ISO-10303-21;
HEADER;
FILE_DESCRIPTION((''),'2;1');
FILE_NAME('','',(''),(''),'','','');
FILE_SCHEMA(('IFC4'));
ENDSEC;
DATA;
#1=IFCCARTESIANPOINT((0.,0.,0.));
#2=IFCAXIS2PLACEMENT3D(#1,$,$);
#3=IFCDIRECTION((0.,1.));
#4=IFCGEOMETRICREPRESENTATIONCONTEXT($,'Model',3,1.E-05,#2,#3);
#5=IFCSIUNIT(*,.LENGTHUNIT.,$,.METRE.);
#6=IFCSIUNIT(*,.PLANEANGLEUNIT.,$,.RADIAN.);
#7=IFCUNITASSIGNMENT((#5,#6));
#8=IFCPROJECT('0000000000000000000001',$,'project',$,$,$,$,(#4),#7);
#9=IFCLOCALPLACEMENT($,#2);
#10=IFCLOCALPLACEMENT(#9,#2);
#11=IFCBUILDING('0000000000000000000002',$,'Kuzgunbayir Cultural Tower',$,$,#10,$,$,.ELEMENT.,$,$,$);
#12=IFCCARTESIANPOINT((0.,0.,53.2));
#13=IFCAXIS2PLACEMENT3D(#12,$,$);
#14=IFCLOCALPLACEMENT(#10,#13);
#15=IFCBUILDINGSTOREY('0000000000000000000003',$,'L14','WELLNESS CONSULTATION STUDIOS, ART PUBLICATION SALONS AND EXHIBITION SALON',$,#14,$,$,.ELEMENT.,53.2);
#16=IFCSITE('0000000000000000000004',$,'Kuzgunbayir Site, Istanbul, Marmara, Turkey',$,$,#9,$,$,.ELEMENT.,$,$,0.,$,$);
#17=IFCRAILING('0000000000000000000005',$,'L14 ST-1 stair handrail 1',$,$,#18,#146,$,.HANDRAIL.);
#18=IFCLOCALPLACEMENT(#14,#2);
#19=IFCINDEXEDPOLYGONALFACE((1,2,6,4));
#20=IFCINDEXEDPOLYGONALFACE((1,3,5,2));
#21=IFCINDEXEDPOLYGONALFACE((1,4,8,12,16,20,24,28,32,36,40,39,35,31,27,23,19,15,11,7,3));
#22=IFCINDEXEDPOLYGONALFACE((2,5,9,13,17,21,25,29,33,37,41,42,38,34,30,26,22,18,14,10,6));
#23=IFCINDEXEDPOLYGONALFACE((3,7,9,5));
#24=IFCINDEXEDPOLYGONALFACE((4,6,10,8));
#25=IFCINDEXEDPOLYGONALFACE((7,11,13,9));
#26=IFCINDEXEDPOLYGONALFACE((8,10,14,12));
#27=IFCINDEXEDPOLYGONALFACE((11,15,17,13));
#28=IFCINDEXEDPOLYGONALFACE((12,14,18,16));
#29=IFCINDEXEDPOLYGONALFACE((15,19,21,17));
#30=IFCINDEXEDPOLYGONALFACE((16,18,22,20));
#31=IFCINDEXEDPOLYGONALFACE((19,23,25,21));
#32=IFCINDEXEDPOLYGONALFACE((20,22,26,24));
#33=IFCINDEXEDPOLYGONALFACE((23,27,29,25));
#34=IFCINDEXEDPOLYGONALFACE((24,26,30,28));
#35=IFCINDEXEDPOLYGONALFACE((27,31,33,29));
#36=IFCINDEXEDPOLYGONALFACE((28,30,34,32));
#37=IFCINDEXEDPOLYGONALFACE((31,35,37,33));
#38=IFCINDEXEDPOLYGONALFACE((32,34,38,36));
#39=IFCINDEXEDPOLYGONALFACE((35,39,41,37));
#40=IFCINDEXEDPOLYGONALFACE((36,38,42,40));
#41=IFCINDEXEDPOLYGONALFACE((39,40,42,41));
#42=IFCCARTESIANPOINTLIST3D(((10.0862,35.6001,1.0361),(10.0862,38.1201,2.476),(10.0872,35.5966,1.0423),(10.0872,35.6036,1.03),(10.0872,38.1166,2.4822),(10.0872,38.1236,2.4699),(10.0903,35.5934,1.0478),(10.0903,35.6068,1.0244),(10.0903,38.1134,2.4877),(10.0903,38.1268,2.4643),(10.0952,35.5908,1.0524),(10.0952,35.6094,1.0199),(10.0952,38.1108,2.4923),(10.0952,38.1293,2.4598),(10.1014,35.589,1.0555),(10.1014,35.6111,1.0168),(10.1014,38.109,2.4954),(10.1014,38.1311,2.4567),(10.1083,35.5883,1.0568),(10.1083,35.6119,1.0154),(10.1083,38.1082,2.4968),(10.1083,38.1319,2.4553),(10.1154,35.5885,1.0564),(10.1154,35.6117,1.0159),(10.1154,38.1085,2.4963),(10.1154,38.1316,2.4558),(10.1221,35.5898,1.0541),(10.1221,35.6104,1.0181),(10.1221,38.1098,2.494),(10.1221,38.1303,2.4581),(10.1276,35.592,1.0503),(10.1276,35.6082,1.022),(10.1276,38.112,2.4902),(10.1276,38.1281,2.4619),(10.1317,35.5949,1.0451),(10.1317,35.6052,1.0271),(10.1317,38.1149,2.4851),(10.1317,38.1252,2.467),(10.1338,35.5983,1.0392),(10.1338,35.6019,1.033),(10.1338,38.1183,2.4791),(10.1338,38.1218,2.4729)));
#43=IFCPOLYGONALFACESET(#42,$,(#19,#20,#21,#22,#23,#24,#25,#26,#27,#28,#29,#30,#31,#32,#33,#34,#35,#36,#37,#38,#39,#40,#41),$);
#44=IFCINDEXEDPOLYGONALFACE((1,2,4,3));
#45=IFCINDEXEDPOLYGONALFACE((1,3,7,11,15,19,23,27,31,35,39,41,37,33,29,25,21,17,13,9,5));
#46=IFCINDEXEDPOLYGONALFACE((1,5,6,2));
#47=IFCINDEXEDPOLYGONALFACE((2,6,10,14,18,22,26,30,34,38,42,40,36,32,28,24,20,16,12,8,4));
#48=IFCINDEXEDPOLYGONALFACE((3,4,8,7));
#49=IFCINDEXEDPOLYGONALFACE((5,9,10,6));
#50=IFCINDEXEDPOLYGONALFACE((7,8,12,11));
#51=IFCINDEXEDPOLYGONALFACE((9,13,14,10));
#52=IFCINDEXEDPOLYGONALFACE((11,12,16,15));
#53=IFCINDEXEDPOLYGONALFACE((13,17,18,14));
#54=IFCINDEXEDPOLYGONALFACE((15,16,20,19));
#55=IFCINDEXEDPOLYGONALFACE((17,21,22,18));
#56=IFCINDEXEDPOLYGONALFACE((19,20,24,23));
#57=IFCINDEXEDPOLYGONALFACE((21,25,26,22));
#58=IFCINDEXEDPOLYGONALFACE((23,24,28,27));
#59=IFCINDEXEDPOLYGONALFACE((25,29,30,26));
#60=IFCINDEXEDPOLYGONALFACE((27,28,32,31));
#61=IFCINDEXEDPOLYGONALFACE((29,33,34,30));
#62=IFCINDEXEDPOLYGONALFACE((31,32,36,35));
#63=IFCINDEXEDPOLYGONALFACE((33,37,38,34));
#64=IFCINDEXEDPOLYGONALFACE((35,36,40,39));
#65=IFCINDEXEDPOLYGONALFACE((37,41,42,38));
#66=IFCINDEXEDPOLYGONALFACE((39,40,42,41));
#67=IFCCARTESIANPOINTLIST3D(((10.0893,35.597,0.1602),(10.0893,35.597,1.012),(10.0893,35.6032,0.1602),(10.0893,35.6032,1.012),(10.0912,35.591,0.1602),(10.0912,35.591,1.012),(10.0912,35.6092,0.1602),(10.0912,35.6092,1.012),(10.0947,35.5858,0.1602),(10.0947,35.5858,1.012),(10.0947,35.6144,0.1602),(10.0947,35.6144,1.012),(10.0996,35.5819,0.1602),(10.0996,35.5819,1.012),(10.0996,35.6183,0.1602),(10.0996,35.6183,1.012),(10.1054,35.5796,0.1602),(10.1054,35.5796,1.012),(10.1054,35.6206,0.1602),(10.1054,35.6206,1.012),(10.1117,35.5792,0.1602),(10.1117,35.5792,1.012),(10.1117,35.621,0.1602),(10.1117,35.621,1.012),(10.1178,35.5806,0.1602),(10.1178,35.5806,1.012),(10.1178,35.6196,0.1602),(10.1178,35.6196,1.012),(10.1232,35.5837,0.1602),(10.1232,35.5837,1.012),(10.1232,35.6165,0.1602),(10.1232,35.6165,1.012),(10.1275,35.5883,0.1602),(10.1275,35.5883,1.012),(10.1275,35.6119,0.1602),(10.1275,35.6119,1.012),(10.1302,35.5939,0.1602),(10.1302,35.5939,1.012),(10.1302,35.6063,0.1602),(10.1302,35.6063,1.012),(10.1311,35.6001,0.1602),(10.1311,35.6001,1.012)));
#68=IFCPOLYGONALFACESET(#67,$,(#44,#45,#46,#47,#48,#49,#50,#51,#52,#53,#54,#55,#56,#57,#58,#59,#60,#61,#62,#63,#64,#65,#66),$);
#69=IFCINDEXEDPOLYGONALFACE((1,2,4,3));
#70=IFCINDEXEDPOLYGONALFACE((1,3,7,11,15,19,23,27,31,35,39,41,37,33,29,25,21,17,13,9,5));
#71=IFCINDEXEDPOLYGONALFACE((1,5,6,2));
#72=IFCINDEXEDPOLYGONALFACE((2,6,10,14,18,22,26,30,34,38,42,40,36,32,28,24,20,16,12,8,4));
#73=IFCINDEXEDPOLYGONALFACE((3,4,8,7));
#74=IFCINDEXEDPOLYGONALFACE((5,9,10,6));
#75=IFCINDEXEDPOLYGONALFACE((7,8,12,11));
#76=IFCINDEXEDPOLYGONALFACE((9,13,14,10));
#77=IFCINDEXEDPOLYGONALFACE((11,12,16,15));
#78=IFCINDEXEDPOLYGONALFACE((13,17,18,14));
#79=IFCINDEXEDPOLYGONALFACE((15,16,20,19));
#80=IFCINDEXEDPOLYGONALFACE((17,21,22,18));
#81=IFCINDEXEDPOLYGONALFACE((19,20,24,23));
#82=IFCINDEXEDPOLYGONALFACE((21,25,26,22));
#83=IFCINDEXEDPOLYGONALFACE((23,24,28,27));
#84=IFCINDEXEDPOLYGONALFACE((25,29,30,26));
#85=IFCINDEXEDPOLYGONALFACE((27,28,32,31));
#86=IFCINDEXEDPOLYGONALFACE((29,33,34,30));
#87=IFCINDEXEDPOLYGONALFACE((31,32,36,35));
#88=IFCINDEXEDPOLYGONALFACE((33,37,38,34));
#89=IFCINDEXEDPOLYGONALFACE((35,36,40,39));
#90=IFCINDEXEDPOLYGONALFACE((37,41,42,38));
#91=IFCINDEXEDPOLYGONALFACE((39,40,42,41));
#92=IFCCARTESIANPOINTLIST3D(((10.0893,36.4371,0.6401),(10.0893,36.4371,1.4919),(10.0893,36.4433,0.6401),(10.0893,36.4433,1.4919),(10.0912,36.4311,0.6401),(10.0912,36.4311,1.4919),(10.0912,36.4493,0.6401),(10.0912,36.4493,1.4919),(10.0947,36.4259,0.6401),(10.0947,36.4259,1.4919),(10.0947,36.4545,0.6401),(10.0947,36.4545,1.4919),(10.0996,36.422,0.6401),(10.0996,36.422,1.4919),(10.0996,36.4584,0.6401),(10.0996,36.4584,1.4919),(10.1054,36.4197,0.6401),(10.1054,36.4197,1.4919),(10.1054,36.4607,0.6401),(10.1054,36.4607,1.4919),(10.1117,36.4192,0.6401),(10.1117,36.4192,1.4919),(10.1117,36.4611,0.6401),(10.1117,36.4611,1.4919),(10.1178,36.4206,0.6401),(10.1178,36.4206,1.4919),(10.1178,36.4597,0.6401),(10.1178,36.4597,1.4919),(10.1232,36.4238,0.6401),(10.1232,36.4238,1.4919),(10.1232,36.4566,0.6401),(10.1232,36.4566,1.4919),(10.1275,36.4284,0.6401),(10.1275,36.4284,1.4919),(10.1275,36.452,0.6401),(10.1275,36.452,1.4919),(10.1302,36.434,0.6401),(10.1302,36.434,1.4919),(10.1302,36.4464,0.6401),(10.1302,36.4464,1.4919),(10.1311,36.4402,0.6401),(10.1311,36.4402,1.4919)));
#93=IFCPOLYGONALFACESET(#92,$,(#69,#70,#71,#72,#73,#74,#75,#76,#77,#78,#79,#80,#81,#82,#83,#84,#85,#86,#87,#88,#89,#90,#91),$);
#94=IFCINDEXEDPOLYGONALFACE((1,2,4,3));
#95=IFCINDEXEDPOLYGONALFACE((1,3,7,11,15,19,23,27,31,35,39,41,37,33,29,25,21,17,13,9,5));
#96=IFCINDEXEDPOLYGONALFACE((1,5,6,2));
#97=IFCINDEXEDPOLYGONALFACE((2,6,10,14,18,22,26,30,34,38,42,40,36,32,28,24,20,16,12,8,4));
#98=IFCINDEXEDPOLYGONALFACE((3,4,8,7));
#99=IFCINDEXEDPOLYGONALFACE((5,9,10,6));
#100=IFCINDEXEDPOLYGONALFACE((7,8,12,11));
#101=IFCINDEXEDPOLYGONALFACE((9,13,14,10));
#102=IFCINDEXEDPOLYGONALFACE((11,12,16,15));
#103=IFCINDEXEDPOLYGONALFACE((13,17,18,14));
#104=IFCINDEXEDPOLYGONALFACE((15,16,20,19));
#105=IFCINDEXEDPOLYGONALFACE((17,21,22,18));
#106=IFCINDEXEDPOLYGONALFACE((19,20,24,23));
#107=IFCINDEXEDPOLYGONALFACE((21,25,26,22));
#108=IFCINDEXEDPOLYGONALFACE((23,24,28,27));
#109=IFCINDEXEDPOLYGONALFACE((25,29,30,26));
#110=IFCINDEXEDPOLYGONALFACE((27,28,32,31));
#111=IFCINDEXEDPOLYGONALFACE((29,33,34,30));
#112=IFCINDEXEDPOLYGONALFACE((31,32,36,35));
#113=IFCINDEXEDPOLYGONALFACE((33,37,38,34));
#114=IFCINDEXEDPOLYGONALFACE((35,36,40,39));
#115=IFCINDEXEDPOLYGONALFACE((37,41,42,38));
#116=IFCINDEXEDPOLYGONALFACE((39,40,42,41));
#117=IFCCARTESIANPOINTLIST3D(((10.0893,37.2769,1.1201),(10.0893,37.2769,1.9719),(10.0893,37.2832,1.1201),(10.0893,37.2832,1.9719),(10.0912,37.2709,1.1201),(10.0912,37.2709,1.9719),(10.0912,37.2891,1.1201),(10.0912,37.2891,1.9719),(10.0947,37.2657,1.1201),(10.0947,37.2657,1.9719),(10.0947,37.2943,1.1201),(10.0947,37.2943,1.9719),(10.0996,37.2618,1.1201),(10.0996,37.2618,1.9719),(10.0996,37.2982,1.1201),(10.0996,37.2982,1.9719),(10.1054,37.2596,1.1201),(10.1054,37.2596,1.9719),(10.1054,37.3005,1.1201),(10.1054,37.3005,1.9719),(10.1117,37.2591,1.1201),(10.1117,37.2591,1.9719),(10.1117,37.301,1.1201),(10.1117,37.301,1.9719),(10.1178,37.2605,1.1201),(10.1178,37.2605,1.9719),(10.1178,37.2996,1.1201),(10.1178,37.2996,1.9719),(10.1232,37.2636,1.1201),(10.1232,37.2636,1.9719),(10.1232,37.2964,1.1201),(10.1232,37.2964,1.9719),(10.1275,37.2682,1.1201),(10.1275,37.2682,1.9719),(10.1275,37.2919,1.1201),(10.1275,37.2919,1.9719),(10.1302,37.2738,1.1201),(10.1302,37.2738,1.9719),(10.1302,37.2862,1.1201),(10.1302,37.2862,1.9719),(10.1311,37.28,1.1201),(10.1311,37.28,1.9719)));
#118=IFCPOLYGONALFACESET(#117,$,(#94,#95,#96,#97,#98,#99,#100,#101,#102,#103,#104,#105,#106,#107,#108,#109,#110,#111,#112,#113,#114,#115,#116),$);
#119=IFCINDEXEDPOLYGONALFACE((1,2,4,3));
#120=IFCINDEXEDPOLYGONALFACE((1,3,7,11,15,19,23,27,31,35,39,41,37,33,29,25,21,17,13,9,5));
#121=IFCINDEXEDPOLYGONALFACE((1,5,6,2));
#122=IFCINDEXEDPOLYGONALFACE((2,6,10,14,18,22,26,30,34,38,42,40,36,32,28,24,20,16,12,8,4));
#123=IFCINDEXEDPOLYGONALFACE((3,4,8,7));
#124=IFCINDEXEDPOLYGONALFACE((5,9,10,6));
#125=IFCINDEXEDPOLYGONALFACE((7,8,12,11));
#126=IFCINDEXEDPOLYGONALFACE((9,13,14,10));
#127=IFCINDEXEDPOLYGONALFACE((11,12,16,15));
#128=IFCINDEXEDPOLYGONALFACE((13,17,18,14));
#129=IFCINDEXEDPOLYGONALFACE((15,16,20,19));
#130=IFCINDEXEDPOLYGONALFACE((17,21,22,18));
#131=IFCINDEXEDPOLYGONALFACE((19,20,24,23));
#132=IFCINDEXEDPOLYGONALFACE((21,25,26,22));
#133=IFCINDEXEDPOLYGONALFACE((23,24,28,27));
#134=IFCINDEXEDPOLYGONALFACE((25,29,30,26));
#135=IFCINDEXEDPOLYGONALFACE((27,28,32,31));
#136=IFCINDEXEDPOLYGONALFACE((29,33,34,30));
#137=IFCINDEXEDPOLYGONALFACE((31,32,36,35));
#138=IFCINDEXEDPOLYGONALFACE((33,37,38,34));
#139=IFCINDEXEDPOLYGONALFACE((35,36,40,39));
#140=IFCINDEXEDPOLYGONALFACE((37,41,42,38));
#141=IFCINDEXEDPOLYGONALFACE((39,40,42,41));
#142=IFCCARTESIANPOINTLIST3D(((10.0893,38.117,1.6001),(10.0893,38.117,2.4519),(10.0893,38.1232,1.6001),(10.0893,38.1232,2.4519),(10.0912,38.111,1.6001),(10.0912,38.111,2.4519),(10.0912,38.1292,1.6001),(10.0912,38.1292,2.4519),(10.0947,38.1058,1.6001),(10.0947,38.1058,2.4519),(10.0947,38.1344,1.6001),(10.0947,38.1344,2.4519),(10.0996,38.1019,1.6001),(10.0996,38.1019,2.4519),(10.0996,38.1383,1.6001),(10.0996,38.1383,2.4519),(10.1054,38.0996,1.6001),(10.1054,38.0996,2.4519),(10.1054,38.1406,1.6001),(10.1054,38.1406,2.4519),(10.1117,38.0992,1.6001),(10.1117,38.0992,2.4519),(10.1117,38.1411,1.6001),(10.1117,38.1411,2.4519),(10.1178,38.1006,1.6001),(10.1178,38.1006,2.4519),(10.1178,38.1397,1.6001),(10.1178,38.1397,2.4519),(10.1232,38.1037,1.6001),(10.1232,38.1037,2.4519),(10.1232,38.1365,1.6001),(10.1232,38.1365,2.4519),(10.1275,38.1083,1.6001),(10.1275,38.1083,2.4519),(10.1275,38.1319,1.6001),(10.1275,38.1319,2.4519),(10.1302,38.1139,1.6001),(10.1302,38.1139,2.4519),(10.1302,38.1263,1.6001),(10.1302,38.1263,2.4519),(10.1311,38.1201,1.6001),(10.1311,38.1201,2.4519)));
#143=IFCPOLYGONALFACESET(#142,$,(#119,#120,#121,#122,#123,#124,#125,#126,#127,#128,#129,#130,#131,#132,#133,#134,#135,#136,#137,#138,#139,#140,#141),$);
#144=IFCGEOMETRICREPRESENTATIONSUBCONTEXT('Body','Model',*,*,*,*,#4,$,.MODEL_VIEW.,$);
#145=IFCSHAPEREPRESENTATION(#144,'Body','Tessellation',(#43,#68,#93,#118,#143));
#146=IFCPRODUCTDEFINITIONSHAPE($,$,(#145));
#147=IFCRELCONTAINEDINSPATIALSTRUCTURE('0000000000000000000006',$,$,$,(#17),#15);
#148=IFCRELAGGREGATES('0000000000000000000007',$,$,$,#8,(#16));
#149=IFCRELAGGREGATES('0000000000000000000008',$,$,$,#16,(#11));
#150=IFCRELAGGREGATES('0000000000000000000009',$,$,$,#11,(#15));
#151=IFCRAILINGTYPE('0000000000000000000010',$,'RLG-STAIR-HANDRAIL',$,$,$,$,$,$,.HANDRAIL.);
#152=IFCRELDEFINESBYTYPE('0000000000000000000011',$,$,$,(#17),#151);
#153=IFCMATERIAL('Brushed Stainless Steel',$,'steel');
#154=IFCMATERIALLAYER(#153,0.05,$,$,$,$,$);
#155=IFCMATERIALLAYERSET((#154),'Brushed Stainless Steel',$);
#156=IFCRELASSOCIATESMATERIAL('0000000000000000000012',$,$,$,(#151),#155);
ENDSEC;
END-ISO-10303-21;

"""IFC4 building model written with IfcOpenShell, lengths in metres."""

from ifc_helpers import new_model, si_unit, direction, frame, origin, origin_2d, place, context, subcontext, project, spatial, circle, extrude, material, layer, layer_set, type_object, element, save


model = new_model("IFC4")

# Units and contexts
model_context = context("Model", 3, precision=1e-05, world=origin(), true_north=direction((0.0, 1.0)))
body_context = subcontext(model_context, "Body", "Model", "MODEL_VIEW")
ifc_project = project(units=[si_unit("LENGTHUNIT", "METRE"), si_unit("PLANEANGLEUNIT", "RADIAN")], contexts=[model_context])

# Site, building, storey
site_placement = place(None, origin())
site = spatial("IfcSite", under=ifc_project, at=site_placement, Name="Kuzgunbayir Site, Istanbul, Marmara, Turkey", CompositionType="ELEMENT", RefElevation=0.0)
building_placement = place(site_placement, origin())
building = spatial("IfcBuilding", under=site, at=building_placement, Name="Kuzgunbayir Cultural Tower", CompositionType="ELEMENT")
storey_placement = place(building_placement, frame((0.0, 0.0, 53.2)))
storey = spatial("IfcBuildingStorey", under=building, at=storey_placement, Name="L14", Description="WELLNESS CONSULTATION STUDIOS, ART PUBLICATION SALONS AND EXHIBITION SALON", CompositionType="ELEMENT", Elevation=53.2)

# Shared definitions
ifc_material_1 = material(Name="Brushed Stainless Steel", Category="steel")

# Railing
ifc_layer_1 = layer(ifc_material_1, 0.05)
ifc_layer_set_1 = layer_set([ifc_layer_1], Name="Brushed Stainless Steel")
railing_type_1 = type_object("IfcRailingType", Name="RLG-STAIR-HANDRAIL", PredefinedType="HANDRAIL", material=ifc_layer_set_1)
railing_1_placement = place(storey_placement, frame((10.1101, 35.6001, 0.1602)))
element("IfcRailing", 1, at=railing_1_placement, inside=storey, type_object=railing_type_1, Name="L14 ST-1 stair handrail 1", PredefinedType="HANDRAIL", context=body_context, shape_type="SweptSolid", body=[
    extrude(circle(Radius=0.0239, at=origin_2d()), frame((0.0, 0.0, 0.876), z_axis=(0.0, 0.868253, 0.496121), x_axis=(-1.0, 0.0, 0.0)), (0.0, 0.0, 1.0), 2.9023),
    extrude(circle(Radius=0.021, at=origin_2d()), origin(), (0.0, 0.0, 1.0), 0.8518),
    extrude(circle(Radius=0.021, at=origin_2d()), frame((0.0, 0.8401, 0.48)), (0.0, 0.0, 1.0), 0.8518),
    extrude(circle(Radius=0.021, at=origin_2d()), frame((0.0, 1.6799, 0.96)), (0.0, 0.0, 1.0), 0.8518),
    extrude(circle(Radius=0.021, at=origin_2d()), frame((0.0, 2.52, 1.4399)), (0.0, 0.0, 1.0), 0.8518),
])

save(model, "model.ifc")
